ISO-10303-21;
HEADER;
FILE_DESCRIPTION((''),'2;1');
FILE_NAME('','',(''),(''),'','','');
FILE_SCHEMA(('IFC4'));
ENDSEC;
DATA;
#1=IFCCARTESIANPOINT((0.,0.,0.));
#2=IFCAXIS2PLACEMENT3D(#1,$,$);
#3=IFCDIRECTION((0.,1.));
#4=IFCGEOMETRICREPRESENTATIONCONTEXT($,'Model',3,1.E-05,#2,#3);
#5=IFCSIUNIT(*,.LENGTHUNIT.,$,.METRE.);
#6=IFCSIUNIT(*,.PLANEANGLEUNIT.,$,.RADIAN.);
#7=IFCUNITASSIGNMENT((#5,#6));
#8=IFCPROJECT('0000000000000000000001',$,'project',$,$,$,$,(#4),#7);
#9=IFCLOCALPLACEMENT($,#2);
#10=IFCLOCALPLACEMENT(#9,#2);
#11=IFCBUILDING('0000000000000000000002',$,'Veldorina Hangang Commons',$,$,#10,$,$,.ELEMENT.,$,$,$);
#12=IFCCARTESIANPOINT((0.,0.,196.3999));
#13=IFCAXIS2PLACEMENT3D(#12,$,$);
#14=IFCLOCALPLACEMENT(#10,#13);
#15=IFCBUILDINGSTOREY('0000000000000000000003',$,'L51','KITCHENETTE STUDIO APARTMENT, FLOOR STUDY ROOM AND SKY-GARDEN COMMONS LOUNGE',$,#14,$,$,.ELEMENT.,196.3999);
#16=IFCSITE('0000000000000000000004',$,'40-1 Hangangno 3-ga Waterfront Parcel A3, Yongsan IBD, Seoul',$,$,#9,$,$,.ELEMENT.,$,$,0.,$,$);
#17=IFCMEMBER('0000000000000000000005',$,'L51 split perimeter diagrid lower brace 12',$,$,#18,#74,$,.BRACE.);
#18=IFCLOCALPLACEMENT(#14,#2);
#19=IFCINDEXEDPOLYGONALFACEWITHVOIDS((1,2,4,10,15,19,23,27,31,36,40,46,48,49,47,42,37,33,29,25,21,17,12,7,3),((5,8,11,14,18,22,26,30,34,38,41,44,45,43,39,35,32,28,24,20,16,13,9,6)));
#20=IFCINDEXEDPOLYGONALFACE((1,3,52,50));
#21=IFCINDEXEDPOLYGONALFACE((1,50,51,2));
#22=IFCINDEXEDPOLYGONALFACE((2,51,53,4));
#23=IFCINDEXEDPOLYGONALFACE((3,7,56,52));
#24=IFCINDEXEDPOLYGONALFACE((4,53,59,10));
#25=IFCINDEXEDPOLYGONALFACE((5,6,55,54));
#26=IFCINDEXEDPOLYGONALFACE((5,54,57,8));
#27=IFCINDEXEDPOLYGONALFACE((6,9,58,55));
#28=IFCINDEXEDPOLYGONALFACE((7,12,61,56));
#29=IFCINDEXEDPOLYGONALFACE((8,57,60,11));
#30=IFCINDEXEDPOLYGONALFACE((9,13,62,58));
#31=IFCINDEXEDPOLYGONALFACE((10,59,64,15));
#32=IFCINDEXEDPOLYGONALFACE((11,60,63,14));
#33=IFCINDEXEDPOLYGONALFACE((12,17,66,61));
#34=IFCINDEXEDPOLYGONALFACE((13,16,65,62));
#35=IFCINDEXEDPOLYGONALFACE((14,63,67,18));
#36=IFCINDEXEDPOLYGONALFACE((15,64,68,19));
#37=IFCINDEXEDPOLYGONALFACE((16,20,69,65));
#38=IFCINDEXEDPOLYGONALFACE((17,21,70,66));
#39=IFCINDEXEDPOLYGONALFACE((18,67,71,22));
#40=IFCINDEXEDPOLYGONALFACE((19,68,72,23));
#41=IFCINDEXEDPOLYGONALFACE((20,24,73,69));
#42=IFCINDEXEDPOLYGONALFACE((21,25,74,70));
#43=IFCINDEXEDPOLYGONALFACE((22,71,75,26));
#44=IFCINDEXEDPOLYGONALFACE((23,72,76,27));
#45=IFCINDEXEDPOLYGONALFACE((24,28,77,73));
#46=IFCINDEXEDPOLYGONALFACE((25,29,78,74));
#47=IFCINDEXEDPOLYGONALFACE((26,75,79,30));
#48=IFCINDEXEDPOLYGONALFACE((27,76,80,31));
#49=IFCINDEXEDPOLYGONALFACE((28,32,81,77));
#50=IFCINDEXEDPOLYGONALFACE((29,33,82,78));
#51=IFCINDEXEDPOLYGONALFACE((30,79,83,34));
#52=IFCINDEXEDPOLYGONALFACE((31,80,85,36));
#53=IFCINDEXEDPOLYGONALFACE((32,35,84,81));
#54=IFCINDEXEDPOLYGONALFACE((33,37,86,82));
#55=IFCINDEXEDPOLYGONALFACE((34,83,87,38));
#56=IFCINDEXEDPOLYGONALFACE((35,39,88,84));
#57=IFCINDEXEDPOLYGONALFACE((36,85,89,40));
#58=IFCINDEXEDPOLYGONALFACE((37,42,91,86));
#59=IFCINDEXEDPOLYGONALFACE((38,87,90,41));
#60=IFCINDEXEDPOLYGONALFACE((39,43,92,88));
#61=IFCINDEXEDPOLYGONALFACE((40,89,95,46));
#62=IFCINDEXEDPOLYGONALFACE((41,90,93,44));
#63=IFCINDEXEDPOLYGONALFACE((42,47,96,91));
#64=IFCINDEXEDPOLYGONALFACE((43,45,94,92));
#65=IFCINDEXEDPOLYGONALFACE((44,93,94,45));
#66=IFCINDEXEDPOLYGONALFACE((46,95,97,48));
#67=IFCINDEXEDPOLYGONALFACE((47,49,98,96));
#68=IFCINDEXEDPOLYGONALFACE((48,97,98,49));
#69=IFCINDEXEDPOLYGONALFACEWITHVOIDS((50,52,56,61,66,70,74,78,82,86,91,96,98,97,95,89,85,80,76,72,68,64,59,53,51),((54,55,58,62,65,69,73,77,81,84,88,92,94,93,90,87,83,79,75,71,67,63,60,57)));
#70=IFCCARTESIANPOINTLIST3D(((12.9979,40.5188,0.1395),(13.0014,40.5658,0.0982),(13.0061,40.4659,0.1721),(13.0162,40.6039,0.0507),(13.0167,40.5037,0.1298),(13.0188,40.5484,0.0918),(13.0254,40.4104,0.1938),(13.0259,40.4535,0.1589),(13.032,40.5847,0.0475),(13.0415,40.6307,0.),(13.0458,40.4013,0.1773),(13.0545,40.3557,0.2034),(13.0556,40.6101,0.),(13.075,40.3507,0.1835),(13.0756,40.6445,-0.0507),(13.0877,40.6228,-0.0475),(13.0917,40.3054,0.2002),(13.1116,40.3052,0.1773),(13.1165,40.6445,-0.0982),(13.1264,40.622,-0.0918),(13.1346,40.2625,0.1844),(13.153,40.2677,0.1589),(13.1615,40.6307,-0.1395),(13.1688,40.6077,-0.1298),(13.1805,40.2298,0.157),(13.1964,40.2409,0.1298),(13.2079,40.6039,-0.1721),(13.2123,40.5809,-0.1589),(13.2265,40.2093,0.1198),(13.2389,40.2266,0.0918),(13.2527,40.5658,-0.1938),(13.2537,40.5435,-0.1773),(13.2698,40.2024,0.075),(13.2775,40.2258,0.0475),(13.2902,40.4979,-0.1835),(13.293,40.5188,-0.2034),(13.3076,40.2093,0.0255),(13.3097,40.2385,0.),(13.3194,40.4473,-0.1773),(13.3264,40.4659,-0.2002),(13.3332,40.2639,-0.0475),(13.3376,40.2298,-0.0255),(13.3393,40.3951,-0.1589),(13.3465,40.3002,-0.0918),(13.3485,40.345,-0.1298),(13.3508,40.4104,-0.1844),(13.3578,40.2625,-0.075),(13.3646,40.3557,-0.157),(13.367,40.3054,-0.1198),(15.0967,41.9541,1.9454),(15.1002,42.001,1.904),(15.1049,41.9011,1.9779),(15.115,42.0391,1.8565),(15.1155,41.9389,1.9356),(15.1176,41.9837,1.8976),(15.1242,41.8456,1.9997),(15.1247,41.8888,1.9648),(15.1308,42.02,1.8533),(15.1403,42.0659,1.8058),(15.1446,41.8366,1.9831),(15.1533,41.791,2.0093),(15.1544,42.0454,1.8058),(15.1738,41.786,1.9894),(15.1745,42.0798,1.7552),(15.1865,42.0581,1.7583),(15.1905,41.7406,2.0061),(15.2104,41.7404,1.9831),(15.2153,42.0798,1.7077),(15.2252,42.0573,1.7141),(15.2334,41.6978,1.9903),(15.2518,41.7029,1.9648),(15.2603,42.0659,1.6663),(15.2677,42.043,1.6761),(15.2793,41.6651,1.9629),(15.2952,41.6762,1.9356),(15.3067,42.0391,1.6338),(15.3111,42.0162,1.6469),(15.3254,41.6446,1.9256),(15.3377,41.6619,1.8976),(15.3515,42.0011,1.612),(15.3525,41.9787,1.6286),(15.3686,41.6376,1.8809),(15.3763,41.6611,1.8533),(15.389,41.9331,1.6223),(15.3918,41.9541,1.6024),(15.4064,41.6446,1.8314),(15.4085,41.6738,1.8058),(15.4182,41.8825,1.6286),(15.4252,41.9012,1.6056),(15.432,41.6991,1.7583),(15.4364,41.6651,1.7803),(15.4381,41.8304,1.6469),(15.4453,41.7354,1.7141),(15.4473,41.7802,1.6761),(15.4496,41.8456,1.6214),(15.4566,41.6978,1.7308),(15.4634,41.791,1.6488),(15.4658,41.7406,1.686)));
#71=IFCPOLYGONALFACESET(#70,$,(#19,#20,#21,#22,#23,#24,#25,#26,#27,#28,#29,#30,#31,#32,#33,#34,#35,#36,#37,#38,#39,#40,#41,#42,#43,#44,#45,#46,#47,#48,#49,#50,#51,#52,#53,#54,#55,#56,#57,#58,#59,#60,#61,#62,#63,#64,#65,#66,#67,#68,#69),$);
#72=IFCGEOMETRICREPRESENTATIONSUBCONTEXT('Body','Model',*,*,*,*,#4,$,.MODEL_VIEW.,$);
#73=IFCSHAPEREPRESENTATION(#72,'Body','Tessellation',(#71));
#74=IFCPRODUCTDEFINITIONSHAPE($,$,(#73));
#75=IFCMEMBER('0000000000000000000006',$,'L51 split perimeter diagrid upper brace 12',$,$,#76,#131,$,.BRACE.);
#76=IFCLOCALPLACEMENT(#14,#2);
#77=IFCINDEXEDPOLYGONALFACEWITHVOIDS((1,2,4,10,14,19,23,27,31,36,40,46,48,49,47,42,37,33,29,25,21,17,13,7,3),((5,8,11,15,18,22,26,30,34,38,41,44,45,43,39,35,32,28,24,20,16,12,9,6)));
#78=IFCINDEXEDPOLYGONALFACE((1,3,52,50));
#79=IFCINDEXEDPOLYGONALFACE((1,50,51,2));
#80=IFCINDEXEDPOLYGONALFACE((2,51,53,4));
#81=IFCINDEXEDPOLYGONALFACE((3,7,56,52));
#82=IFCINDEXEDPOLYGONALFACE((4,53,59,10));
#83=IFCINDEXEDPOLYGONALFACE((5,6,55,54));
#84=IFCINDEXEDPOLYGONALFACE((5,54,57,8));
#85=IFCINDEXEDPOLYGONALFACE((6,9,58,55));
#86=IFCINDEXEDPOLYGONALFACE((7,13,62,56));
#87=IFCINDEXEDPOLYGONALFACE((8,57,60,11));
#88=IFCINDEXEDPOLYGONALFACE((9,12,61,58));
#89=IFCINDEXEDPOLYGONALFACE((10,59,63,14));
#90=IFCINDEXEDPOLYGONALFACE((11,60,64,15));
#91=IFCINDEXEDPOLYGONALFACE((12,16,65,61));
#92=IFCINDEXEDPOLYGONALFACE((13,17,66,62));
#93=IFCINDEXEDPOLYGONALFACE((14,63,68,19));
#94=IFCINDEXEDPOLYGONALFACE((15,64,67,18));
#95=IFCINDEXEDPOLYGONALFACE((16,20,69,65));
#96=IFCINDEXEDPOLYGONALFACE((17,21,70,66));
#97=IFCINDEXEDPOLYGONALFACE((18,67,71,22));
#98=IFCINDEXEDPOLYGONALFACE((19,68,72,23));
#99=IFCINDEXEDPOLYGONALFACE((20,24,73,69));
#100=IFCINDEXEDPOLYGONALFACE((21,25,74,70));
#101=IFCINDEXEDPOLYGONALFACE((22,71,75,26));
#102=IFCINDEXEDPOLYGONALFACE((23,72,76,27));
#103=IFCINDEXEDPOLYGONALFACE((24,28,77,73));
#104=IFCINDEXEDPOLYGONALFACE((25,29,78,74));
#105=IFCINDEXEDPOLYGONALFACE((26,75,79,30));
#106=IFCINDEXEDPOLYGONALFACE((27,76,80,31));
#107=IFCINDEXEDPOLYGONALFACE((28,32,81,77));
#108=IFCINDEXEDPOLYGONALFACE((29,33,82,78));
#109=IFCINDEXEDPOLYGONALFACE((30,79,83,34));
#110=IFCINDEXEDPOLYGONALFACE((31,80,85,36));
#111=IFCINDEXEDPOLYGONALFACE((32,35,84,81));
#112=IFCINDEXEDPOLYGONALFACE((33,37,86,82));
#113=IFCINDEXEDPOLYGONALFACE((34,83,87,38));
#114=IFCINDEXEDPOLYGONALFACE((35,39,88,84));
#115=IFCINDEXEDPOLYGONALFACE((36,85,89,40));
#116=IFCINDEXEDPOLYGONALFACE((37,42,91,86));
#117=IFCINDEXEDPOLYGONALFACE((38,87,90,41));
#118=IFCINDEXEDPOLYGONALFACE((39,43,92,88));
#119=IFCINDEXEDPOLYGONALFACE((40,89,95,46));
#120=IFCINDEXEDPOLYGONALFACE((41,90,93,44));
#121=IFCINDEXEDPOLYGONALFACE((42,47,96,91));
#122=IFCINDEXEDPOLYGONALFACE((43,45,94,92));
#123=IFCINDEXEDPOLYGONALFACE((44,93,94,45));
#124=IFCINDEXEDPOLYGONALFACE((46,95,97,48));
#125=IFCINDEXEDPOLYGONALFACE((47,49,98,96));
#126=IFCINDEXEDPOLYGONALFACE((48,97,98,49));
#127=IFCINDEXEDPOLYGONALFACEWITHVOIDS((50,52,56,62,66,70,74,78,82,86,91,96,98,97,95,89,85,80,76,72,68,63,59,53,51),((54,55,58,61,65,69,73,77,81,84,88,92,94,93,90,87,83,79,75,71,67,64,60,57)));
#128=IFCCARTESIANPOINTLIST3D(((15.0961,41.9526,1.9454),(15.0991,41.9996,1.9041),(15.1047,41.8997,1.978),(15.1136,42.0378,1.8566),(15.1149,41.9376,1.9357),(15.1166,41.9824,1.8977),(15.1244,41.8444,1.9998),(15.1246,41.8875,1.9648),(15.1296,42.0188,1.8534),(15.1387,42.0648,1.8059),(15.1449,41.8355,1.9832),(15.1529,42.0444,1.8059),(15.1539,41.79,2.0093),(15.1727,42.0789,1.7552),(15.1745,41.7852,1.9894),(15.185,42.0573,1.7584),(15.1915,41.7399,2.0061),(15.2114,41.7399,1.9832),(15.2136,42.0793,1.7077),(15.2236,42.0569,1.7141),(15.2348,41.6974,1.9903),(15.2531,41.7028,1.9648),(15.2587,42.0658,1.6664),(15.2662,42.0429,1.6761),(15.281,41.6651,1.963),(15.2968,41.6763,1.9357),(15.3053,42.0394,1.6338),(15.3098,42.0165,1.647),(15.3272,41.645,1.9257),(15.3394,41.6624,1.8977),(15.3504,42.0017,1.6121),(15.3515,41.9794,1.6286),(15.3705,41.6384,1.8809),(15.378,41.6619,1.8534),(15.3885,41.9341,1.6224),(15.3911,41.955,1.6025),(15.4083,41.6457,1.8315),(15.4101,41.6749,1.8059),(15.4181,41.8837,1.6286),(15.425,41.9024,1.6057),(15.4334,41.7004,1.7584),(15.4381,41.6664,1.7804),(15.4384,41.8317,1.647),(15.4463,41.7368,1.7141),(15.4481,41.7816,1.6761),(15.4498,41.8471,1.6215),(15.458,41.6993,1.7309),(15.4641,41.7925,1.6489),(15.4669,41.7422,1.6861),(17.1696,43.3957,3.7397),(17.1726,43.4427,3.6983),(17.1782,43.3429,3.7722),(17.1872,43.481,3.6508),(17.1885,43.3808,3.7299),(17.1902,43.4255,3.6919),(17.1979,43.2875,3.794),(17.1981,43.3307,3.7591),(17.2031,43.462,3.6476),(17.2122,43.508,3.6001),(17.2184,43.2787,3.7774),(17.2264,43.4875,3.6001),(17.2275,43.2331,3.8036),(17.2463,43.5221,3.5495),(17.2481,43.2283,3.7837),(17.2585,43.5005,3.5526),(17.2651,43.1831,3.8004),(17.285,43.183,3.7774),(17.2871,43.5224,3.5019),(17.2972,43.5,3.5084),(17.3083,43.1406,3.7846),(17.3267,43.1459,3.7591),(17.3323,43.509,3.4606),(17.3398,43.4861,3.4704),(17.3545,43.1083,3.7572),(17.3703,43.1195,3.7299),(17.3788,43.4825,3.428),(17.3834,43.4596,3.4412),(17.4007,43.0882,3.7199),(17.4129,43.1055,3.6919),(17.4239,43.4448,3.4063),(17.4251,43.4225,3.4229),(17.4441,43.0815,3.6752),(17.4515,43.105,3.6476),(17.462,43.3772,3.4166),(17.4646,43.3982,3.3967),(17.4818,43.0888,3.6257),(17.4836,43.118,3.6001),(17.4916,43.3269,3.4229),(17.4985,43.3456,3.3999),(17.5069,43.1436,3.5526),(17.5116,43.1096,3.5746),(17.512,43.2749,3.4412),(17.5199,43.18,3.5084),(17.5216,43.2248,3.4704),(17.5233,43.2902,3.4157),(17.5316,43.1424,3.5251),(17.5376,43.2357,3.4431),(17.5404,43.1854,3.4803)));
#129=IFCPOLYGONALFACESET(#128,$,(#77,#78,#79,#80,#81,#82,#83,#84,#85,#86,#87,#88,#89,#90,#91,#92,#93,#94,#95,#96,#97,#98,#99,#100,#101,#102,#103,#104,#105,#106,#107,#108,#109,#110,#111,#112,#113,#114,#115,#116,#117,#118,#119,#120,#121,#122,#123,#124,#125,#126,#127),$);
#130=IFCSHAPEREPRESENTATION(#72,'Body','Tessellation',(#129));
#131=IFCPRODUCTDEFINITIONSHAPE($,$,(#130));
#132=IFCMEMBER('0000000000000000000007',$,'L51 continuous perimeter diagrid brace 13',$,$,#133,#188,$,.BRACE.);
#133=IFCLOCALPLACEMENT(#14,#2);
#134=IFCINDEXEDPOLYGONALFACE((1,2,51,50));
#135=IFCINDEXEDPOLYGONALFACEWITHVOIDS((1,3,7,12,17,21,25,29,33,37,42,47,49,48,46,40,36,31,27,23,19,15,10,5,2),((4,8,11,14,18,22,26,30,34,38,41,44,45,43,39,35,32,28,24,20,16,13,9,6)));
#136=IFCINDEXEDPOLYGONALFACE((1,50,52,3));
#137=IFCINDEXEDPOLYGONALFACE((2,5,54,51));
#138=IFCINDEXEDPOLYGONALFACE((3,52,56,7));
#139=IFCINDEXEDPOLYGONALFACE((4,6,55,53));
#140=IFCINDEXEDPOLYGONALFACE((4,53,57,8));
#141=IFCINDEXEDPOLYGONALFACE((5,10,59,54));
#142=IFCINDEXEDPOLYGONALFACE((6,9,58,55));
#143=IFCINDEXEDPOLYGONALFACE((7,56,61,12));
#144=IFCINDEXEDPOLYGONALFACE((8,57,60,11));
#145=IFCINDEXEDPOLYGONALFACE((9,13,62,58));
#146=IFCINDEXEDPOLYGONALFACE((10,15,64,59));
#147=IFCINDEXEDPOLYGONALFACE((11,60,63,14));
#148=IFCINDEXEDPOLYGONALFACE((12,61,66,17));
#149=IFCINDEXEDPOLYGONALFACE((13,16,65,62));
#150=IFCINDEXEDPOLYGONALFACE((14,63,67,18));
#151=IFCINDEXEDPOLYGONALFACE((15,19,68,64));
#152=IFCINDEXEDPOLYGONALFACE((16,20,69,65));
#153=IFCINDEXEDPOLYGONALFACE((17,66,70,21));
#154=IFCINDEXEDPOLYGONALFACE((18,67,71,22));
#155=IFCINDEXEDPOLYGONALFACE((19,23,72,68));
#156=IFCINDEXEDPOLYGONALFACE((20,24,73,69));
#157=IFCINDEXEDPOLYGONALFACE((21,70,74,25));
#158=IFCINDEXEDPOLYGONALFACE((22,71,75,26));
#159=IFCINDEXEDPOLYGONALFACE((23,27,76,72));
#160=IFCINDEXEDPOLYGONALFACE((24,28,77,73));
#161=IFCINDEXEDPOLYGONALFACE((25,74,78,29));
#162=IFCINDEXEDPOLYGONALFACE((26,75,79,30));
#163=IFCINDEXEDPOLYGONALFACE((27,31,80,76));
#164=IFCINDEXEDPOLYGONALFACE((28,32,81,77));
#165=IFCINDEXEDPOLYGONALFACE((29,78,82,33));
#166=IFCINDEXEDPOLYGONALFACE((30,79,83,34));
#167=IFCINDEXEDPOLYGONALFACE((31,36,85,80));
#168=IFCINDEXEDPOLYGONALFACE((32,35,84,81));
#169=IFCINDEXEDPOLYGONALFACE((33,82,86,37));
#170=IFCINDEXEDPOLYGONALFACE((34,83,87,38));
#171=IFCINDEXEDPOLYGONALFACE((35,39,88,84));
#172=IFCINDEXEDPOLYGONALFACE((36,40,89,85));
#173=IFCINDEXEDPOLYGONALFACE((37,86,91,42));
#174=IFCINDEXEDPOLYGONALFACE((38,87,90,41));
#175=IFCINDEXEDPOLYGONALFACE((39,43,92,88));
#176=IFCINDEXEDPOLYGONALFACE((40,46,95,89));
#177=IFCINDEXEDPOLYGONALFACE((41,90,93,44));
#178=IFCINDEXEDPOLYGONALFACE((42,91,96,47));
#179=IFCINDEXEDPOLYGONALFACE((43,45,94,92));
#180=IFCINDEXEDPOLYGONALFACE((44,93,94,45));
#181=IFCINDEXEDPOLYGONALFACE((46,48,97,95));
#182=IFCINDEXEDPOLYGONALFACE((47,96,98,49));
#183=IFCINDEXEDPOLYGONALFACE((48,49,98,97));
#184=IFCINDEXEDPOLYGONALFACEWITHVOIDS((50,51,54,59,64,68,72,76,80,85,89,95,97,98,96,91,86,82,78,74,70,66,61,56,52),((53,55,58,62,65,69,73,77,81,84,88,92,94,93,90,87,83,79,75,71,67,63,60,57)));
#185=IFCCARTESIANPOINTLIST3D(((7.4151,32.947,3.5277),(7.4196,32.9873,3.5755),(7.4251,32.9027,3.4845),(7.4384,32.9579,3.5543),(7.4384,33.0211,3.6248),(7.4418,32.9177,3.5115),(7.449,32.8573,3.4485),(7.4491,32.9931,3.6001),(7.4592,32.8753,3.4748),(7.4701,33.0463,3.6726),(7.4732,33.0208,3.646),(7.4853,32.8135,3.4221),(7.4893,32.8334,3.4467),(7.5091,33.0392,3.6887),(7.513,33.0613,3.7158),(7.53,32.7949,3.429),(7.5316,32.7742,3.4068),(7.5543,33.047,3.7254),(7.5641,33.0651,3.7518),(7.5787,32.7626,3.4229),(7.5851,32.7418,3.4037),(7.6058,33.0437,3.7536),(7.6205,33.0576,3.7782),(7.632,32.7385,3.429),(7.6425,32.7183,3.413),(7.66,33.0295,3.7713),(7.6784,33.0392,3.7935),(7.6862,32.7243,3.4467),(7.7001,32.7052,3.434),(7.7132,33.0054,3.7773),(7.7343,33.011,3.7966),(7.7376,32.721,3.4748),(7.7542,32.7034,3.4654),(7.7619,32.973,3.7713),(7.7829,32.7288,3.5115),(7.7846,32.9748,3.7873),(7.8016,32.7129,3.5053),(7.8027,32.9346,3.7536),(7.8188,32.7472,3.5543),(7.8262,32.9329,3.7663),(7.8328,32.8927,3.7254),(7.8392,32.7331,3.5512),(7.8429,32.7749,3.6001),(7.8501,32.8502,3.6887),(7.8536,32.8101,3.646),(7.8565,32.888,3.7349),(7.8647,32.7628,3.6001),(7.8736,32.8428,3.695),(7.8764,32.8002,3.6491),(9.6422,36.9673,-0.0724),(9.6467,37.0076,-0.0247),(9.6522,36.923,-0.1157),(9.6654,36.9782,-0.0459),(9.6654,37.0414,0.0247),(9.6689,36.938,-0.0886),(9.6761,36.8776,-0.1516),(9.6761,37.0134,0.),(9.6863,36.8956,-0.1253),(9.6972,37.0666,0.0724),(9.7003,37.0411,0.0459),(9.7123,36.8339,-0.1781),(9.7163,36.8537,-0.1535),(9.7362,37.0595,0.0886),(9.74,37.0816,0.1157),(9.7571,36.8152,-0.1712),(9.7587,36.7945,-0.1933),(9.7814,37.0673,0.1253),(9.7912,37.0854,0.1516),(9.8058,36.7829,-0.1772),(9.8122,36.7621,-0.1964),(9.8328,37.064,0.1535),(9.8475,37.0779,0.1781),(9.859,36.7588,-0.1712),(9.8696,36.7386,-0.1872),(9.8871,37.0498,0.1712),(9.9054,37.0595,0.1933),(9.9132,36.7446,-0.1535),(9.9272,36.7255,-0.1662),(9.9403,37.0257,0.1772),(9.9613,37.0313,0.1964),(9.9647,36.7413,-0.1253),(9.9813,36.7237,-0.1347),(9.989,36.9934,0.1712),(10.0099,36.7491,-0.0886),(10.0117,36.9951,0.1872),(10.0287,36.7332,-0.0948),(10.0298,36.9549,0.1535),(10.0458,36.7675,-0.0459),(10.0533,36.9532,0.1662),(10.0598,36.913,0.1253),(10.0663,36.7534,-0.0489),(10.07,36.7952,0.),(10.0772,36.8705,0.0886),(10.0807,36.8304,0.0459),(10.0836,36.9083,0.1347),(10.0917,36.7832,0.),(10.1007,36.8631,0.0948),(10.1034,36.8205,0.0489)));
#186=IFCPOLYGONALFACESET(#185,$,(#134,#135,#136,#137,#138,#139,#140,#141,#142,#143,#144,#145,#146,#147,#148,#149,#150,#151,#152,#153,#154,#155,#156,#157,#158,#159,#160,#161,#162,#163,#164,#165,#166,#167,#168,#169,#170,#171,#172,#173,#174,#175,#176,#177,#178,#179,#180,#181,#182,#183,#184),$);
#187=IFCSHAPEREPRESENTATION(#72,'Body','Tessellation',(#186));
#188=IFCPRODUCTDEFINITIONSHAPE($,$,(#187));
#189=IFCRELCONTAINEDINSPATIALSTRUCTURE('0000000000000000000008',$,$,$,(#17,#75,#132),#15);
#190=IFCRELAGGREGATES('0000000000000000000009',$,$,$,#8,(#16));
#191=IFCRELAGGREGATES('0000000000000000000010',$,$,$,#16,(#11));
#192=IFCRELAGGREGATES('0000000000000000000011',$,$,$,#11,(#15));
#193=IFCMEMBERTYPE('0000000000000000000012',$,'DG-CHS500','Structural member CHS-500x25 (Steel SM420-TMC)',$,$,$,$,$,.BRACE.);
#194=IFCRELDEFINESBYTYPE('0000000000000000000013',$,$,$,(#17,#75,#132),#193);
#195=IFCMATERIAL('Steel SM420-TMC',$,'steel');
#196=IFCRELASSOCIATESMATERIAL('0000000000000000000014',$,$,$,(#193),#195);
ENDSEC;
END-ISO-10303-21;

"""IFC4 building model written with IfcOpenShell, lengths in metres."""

from ifc_helpers import new_model, si_unit, direction, frame, origin, origin_2d, place, context, subcontext, project, spatial, hollow_circle, extrude, material, material_profile, profile_set, type_object, element, save


model = new_model("IFC4")

# Units and contexts
model_context = context("Model", 3, precision=1e-05, world=origin(), true_north=direction((0.0, 1.0)))
body_context = subcontext(model_context, "Body", "Model", "MODEL_VIEW")
ifc_project = project(units=[si_unit("LENGTHUNIT", "METRE"), si_unit("PLANEANGLEUNIT", "RADIAN")], contexts=[model_context])

# Site, building, storey
site_placement = place(None, origin())
site = spatial("IfcSite", under=ifc_project, at=site_placement, Name="40-1 Hangangno 3-ga Waterfront Parcel A3, Yongsan IBD, Seoul", CompositionType="ELEMENT", RefElevation=0.0)
building_placement = place(site_placement, origin())
building = spatial("IfcBuilding", under=site, at=building_placement, Name="Veldorina Hangang Commons", CompositionType="ELEMENT")
storey_placement = place(building_placement, frame((0.0, 0.0, 196.3999)))
storey = spatial("IfcBuildingStorey", under=building, at=storey_placement, Name="L51", Description="KITCHENETTE STUDIO APARTMENT, FLOOR STUDY ROOM AND SKY-GARDEN COMMONS LOUNGE", CompositionType="ELEMENT", Elevation=196.3999)

# Shared definitions
ifc_material_1 = material(Name="Steel SM420-TMC", Category="steel")

# Members
ifc_material_profile_1 = material_profile(ifc_material_1, hollow_circle(Radius=0.25, WallThickness=0.0249, at=origin_2d()), Name="CHS-500x25")
ifc_profile_set_1 = profile_set([ifc_material_profile_1], Name="Steel SM420-TMC")
member_type_1 = type_object("IfcMemberType", Name="DG-CHS500", Description="Structural member CHS-500x25 (Steel SM420-TMC)", PredefinedType="BRACE", material=ifc_profile_set_1)
member_1_placement = place(storey_placement, frame((13.1826, 40.4243, 0.0), z_axis=(0.672984, 0.460215, 0.579046), x_axis=(-0.564477, 0.825449, 0.0)))
element("IfcMember", 1, at=member_1_placement, inside=storey, type_object=member_type_1, Name="L51 split perimeter diagrid lower brace 12", PredefinedType="BRACE", context=body_context, shape_type="SweptSolid", body=[
    extrude(hollow_circle(Radius=0.25, WallThickness=0.0249, at=origin_2d()), origin(), (0.0, 0.0, 1.0), 3.1187),
])
member_2_placement = place(storey_placement, frame((15.2815, 41.8596, 1.8059), z_axis=(0.669178, 0.465738, 0.579041), x_axis=(-0.571249, 0.820777, 0.0)))
element("IfcMember", 2, at=member_2_placement, inside=storey, type_object=member_type_1, Name="L51 split perimeter diagrid upper brace 12", PredefinedType="BRACE", context=body_context, shape_type="SweptSolid", body=[
    extrude(hollow_circle(Radius=0.25, WallThickness=0.0249, at=origin_2d()), origin(), (0.0, 0.0, 1.0), 3.0986),
])
member_3_placement = place(storey_placement, frame((9.873, 36.9043, 0.0), z_axis=(-0.381471, -0.68863, 0.61666), x_axis=(0.87475, -0.484574, 0.0)))
element("IfcMember", 3, at=member_3_placement, inside=storey, type_object=member_type_1, Name="L51 continuous perimeter diagrid brace 13", PredefinedType="BRACE", context=body_context, shape_type="SweptSolid", body=[
    extrude(hollow_circle(Radius=0.25, WallThickness=0.0249, at=origin_2d()), origin(), (0.0, 0.0, 1.0), 5.8381),
])

save(model, "model.ifc")
